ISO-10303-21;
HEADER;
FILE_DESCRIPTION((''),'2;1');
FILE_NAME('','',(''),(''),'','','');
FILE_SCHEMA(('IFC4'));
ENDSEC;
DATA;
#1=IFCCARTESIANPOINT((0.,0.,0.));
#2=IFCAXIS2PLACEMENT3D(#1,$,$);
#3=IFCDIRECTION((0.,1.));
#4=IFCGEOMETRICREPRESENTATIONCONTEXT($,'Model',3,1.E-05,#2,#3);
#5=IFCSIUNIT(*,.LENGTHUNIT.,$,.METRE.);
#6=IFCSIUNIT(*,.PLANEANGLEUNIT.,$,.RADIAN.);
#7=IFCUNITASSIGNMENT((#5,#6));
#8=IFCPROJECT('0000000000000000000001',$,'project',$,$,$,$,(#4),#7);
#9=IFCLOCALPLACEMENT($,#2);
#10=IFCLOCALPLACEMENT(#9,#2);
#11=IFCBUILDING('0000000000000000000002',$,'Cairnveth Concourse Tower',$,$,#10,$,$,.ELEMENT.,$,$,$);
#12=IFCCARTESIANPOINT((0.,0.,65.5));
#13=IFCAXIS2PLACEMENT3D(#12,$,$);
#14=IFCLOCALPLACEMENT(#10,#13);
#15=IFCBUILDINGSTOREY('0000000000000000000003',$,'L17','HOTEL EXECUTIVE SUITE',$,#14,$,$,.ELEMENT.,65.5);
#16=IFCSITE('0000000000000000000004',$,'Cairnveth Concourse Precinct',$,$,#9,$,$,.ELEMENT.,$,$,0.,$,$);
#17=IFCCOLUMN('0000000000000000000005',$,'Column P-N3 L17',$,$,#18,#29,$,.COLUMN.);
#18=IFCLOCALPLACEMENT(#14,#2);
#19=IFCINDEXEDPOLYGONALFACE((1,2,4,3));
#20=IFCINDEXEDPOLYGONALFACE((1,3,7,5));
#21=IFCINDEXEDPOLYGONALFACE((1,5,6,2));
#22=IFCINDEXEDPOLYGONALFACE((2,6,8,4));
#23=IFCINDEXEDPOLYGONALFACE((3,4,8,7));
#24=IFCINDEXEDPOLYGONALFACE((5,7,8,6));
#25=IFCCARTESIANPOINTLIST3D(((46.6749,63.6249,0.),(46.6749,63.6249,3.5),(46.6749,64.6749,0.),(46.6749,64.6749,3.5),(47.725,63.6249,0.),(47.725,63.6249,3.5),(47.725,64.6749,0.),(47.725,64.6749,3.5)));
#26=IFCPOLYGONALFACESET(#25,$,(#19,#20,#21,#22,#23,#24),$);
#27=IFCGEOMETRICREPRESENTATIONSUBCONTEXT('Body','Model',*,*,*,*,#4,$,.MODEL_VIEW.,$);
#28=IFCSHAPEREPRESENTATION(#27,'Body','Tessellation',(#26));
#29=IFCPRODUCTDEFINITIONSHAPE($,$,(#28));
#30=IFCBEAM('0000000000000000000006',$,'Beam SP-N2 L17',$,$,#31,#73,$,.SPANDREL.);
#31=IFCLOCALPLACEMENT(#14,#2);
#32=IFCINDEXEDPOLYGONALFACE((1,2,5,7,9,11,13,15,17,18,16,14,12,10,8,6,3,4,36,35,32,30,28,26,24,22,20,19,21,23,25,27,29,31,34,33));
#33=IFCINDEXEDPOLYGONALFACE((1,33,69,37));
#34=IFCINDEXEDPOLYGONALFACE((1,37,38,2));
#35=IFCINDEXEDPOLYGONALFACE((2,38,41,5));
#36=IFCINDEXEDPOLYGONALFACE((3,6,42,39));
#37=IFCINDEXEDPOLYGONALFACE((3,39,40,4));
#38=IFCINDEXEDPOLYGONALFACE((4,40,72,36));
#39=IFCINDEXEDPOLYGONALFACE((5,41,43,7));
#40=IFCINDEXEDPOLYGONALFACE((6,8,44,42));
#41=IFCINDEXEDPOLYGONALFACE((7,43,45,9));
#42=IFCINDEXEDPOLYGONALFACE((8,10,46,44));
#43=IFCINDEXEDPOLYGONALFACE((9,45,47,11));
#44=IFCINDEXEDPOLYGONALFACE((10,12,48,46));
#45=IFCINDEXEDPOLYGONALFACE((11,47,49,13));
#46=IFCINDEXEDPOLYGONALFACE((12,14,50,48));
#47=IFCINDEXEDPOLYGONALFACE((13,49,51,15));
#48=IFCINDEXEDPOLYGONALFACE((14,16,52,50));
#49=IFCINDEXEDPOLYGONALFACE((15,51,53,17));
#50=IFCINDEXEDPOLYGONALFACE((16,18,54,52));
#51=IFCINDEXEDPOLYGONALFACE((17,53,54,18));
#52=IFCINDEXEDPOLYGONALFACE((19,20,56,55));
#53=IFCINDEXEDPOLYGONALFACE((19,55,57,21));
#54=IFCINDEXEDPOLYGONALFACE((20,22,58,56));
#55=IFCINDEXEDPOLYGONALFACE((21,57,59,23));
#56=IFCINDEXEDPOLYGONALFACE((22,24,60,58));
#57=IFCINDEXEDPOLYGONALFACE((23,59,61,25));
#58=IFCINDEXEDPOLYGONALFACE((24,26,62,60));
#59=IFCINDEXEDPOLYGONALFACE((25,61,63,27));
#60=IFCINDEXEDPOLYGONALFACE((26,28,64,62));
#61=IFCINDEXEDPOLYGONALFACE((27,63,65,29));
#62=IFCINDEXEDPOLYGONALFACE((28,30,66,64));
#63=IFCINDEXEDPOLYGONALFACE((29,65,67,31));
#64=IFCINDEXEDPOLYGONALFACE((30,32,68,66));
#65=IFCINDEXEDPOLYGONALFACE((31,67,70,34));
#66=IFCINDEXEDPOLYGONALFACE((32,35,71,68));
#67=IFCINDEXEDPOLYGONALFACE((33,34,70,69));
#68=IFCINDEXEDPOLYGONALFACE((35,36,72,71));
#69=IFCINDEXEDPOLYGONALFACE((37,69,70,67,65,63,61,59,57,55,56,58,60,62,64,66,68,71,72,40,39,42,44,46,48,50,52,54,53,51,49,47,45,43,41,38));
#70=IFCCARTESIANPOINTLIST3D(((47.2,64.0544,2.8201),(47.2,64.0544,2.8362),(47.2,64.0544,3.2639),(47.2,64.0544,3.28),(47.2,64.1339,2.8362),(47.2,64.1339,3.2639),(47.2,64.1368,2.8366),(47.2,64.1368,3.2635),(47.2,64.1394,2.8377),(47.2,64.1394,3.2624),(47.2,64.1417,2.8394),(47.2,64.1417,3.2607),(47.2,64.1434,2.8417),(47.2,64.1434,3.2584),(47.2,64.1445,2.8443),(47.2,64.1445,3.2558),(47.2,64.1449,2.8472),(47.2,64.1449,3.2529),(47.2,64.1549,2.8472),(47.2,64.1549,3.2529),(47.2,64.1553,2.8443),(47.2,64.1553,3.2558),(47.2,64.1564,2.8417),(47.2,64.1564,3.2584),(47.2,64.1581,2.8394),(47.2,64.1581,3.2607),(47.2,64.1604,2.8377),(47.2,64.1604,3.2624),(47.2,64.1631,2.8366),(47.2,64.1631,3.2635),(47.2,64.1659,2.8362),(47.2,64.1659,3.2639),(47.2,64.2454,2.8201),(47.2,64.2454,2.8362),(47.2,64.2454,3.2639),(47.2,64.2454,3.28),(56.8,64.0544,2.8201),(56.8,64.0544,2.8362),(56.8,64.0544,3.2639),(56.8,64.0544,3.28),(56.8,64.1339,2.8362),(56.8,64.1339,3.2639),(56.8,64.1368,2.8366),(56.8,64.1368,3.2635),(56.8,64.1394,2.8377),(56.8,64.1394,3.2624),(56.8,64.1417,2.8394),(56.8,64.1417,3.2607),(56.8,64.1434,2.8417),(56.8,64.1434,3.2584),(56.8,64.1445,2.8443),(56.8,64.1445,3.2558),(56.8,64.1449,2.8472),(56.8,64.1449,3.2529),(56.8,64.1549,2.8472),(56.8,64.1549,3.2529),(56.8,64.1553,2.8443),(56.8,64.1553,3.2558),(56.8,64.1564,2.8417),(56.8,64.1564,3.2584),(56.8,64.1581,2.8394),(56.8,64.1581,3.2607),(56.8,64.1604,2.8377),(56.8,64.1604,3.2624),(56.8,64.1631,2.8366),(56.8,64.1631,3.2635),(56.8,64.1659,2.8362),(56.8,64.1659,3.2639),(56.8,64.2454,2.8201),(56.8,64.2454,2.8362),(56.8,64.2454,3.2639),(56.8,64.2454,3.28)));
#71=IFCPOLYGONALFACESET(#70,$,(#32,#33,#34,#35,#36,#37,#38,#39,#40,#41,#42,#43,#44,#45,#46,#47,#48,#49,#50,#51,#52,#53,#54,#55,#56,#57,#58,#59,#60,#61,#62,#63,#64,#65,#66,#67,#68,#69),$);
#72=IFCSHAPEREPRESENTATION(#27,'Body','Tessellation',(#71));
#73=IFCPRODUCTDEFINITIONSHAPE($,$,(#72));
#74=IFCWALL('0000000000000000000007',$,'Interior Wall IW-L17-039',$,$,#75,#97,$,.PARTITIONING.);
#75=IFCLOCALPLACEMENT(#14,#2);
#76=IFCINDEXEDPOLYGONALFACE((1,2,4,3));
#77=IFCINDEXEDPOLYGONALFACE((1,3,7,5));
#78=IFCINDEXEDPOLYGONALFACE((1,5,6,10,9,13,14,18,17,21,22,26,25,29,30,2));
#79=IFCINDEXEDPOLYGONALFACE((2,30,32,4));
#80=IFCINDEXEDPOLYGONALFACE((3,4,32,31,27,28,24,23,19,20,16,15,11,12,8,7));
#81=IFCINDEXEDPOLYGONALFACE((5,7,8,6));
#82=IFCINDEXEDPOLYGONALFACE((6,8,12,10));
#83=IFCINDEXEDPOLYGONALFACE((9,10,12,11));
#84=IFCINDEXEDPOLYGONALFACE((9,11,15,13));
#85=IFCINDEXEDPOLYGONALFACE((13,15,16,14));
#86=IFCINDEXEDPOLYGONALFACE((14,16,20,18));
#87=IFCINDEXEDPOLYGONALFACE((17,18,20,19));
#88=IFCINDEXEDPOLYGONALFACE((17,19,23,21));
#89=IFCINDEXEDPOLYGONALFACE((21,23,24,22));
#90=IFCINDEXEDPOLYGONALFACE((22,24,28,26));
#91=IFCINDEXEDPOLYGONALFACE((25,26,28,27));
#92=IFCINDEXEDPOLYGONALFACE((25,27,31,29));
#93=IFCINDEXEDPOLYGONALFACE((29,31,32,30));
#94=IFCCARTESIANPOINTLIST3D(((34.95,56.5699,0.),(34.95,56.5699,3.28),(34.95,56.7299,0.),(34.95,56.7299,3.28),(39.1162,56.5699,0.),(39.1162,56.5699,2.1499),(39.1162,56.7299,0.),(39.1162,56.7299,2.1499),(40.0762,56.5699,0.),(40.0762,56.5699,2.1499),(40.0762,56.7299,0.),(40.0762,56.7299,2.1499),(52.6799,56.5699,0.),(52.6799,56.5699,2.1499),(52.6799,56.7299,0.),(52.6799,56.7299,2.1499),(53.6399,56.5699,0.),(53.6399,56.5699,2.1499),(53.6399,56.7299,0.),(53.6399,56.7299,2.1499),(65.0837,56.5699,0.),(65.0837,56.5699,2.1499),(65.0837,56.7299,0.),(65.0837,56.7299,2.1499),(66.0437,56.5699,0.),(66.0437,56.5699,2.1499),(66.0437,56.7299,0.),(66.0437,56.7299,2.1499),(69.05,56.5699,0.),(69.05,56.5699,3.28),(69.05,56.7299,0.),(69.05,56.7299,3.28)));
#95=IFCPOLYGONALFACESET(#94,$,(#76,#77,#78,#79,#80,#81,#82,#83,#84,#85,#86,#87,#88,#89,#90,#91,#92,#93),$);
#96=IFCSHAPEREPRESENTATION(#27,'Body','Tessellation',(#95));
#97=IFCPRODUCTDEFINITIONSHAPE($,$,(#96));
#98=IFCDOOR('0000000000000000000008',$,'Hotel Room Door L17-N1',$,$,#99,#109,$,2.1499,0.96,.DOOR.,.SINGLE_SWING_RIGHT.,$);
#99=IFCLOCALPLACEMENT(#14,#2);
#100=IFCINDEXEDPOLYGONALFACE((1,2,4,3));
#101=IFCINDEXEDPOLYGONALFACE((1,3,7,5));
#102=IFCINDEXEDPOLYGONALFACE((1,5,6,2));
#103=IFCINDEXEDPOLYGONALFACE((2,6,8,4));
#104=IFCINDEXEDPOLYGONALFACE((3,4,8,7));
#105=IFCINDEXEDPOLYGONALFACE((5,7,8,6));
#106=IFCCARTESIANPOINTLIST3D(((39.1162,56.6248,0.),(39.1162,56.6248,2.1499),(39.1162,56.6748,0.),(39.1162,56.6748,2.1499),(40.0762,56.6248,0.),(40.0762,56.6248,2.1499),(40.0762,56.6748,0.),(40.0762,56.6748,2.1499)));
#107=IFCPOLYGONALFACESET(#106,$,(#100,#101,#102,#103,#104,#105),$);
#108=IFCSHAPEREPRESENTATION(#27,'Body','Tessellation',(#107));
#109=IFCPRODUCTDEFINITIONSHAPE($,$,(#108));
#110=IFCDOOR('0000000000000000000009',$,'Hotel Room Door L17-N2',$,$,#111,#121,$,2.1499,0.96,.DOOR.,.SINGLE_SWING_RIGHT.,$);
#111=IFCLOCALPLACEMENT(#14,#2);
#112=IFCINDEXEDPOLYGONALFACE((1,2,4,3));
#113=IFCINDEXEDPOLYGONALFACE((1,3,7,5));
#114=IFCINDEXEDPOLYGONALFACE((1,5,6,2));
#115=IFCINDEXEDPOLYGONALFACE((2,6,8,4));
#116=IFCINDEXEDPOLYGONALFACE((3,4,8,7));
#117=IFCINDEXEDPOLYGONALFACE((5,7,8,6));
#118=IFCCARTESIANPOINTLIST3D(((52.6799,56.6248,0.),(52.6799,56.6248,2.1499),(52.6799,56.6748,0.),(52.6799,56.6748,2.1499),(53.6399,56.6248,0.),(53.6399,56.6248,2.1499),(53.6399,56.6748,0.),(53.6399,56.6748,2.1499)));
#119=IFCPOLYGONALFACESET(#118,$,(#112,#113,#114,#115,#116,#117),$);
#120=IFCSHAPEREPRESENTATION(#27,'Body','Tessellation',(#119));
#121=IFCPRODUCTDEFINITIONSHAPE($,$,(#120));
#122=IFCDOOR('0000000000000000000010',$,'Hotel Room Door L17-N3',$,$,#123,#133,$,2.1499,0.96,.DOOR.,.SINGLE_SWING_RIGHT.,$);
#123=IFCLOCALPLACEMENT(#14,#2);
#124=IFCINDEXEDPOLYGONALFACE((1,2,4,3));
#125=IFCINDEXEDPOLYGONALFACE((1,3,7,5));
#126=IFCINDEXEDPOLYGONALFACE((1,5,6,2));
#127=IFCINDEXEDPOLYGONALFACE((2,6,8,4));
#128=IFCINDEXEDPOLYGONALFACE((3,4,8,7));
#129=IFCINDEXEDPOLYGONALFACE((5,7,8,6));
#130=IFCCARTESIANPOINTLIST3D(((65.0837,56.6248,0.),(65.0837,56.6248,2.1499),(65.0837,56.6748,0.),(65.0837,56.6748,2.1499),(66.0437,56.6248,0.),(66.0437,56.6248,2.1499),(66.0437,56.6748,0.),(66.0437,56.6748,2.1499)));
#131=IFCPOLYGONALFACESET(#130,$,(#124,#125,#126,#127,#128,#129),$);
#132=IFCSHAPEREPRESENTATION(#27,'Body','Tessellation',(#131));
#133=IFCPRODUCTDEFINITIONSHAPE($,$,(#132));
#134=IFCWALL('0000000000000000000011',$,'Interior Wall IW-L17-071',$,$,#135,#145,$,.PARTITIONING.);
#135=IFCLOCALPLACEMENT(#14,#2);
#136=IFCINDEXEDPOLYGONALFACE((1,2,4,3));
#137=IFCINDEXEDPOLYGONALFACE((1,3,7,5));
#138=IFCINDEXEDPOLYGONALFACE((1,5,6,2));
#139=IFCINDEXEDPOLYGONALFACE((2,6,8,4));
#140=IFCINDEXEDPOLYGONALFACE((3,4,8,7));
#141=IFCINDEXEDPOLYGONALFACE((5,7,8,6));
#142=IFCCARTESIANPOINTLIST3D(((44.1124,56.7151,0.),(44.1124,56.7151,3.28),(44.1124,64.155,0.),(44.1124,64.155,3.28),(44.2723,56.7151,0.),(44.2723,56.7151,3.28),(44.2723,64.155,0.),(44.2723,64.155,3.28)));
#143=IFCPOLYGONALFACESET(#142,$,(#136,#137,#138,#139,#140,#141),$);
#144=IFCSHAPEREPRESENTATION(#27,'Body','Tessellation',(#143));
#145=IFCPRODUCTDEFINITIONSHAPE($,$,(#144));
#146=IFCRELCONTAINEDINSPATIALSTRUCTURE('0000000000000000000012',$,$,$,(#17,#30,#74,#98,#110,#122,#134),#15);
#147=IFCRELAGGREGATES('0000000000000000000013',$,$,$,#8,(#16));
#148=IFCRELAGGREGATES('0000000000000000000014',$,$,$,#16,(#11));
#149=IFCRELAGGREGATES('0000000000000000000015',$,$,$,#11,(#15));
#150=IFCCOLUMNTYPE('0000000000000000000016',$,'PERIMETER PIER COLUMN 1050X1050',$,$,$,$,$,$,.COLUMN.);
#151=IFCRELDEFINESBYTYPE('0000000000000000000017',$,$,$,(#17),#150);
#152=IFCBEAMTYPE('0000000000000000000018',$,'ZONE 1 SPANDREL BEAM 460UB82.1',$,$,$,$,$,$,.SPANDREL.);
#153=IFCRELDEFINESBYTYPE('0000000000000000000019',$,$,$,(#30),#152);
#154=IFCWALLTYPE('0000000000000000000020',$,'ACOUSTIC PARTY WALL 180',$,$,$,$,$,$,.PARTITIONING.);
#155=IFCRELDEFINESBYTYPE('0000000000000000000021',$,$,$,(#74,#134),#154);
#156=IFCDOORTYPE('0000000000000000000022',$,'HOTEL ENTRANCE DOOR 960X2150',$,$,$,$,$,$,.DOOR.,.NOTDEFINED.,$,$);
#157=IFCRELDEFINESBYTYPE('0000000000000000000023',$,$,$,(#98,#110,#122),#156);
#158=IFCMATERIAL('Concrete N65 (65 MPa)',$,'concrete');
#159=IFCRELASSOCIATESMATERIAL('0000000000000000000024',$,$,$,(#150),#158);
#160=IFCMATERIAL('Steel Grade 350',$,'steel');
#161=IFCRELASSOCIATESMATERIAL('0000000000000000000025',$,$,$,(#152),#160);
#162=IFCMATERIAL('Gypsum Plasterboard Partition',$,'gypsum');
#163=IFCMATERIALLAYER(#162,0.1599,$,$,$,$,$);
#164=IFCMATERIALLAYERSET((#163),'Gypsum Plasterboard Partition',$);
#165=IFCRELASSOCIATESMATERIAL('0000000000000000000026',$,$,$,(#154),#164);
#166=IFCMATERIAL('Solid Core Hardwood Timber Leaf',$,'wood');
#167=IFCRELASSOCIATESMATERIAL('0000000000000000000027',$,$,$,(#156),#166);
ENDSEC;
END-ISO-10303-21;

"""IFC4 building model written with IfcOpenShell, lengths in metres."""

from ifc_helpers import new_model, si_unit, direction, frame, frame_2d, origin, origin_2d, place, context, subcontext, project, spatial, rectangle, i_section, extrude, material, layer, layer_set, material_profile, profile_set, type_object, element, fill, save


model = new_model("IFC4")

# Units and contexts
model_context = context("Model", 3, precision=1e-05, world=origin(), true_north=direction((0.0, 1.0)))
body_context = subcontext(model_context, "Body", "Model", "MODEL_VIEW")
ifc_project = project(units=[si_unit("LENGTHUNIT", "METRE"), si_unit("PLANEANGLEUNIT", "RADIAN")], contexts=[model_context])

# Site, building, storey
site_placement = place(None, origin())
site = spatial("IfcSite", under=ifc_project, at=site_placement, Name="Cairnveth Concourse Precinct", CompositionType="ELEMENT", RefElevation=0.0)
building_placement = place(site_placement, origin())
building = spatial("IfcBuilding", under=site, at=building_placement, Name="Cairnveth Concourse Tower", CompositionType="ELEMENT")
storey_placement = place(building_placement, frame((0.0, 0.0, 65.5)))
storey = spatial("IfcBuildingStorey", under=building, at=storey_placement, Name="L17", Description="HOTEL EXECUTIVE SUITE", CompositionType="ELEMENT", Elevation=65.5)

# Column
ifc_material_1 = material(Name="Concrete N65 (65 MPa)", Category="concrete")
ifc_material_profile_1 = material_profile(ifc_material_1, rectangle(XDim=1.05, YDim=1.05, at=origin_2d()), Name="RC-COL-1050x1050")
ifc_profile_set_1 = profile_set([ifc_material_profile_1], Name="Concrete N65 (65 MPa)")
column_type = type_object("IfcColumnType", Name="PERIMETER PIER COLUMN 1050X1050", PredefinedType="COLUMN", material=ifc_profile_set_1)
column_placement = place(storey_placement, frame((47.2, 64.1499, 0.0), z_axis=(0.0, 0.0, 1.0), x_axis=(1.0, 0.0, 0.0)))
element("IfcColumn", 1, at=column_placement, inside=storey, type_object=column_type, Name="Column P-N3 L17", PredefinedType="COLUMN", context=body_context, shape_type="SweptSolid", body=[
    extrude(rectangle(XDim=1.05, YDim=1.05, at=origin_2d()), origin(), (0.0, 0.0, 1.0), 3.5),
])

# Beam
ifc_material_2 = material(Name="Steel Grade 350", Category="steel")
ifc_material_profile_2 = material_profile(ifc_material_2, i_section(OverallWidth=0.1909, OverallDepth=0.46, WebThickness=0.01, FlangeThickness=0.0161, FilletRadius=0.011, at=origin_2d()), Name="460UB82.1")
ifc_profile_set_2 = profile_set([ifc_material_profile_2], Name="Steel Grade 350")
beam_type = type_object("IfcBeamType", Name="ZONE 1 SPANDREL BEAM 460UB82.1", PredefinedType="SPANDREL", material=ifc_profile_set_2)
beam_placement = place(storey_placement, frame((47.2, 64.1499, 3.05), z_axis=(1.0, 0.0, 0.0), x_axis=(0.0, 1.0, 0.0)))
element("IfcBeam", 2, at=beam_placement, inside=storey, type_object=beam_type, Name="Beam SP-N2 L17", PredefinedType="SPANDREL", context=body_context, shape_type="SweptSolid", body=[
    extrude(i_section(OverallWidth=0.1909, OverallDepth=0.46, WebThickness=0.01, FlangeThickness=0.0161, FilletRadius=0.011, at=origin_2d()), origin(), (0.0, 0.0, 1.0), 9.6001),
])

# Wall, openings, doors
ifc_material_3 = material(Name="Gypsum Plasterboard Partition", Category="gypsum")
ifc_layer_1 = layer(ifc_material_3, 0.1599)
ifc_layer_set_1 = layer_set([ifc_layer_1], Name="Gypsum Plasterboard Partition")
wall_type_1 = type_object("IfcWallType", Name="ACOUSTIC PARTY WALL 180", PredefinedType="PARTITIONING", material=ifc_layer_set_1)
wall_1_placement = place(storey_placement, frame((34.95, 56.6499, 0.0), z_axis=(0.0, 0.0, 1.0), x_axis=(1.0, 0.0, 0.0)))
wall_1 = element("IfcWall", 3, at=wall_1_placement, inside=storey, type_object=wall_type_1, Name="Interior Wall IW-L17-039", PredefinedType="PARTITIONING", context=body_context, shape_type="SweptSolid", body=[
    extrude(rectangle(XDim=34.1001, YDim=0.1599, at=frame_2d((17.05, 0.0))), origin(), (0.0, 0.0, 1.0), 3.28),
])
opening_1_placement = place(wall_1_placement, frame((4.1663, 0.0, 0.0)))
opening_1 = element("IfcOpeningElement", 4, at=opening_1_placement, cuts=wall_1, PredefinedType="OPENING", context=body_context, shape_type="SweptSolid", body=[
    extrude(rectangle(XDim=0.96, YDim=2.1499, at=frame_2d((0.48, 1.075))), frame((0.0, 0.0898, 0.0), z_axis=(0.0, -1.0, 0.0), x_axis=(1.0, 0.0, 0.0)), (0.0, 0.0, 1.0), 0.1799),
])
opening_2_placement = place(wall_1_placement, frame((17.73, 0.0, 0.0)))
opening_2 = element("IfcOpeningElement", 5, at=opening_2_placement, cuts=wall_1, PredefinedType="OPENING", context=body_context, shape_type="SweptSolid", body=[
    extrude(rectangle(XDim=0.96, YDim=2.1499, at=frame_2d((0.48, 1.075))), frame((0.0, 0.0898, 0.0), z_axis=(0.0, -1.0, 0.0), x_axis=(1.0, 0.0, 0.0)), (0.0, 0.0, 1.0), 0.1799),
])
opening_3_placement = place(wall_1_placement, frame((30.1338, 0.0, 0.0)))
opening_3 = element("IfcOpeningElement", 6, at=opening_3_placement, cuts=wall_1, PredefinedType="OPENING", context=body_context, shape_type="SweptSolid", body=[
    extrude(rectangle(XDim=0.96, YDim=2.1499, at=frame_2d((0.48, 1.075))), frame((0.0, 0.0898, 0.0), z_axis=(0.0, -1.0, 0.0), x_axis=(1.0, 0.0, 0.0)), (0.0, 0.0, 1.0), 0.1799),
])
ifc_material_4 = material(Name="Solid Core Hardwood Timber Leaf", Category="wood")
door_type_1 = type_object("IfcDoorType", Name="HOTEL ENTRANCE DOOR 960X2150", OperationType="NOTDEFINED", PredefinedType="DOOR", material=ifc_material_4)
door_1_placement = place(opening_1_placement, origin())
door_1 = element("IfcDoor", 7, at=door_1_placement, inside=storey, type_object=door_type_1, Name="Hotel Room Door L17-N1", OperationType="SINGLE_SWING_RIGHT", OverallHeight=2.1499, OverallWidth=0.96, PredefinedType="DOOR", context=body_context, shape_type="SweptSolid", body=[
    extrude(rectangle(XDim=0.96, YDim=2.1499, at=frame_2d((0.48, 1.075))), frame((0.0, 0.0249, 0.0), z_axis=(0.0, -1.0, 0.0), x_axis=(1.0, 0.0, 0.0)), (0.0, 0.0, 1.0), 0.05),
])
fill(opening_1, door_1)
door_2_placement = place(opening_2_placement, origin())
door_2 = element("IfcDoor", 8, at=door_2_placement, inside=storey, type_object=door_type_1, Name="Hotel Room Door L17-N2", OperationType="SINGLE_SWING_RIGHT", OverallHeight=2.1499, OverallWidth=0.96, PredefinedType="DOOR", context=body_context, shape_type="SweptSolid", body=[
    extrude(rectangle(XDim=0.96, YDim=2.1499, at=frame_2d((0.48, 1.075))), frame((0.0, 0.0249, 0.0), z_axis=(0.0, -1.0, 0.0), x_axis=(1.0, 0.0, 0.0)), (0.0, 0.0, 1.0), 0.05),
])
fill(opening_2, door_2)
door_3_placement = place(opening_3_placement, origin())
door_3 = element("IfcDoor", 9, at=door_3_placement, inside=storey, type_object=door_type_1, Name="Hotel Room Door L17-N3", OperationType="SINGLE_SWING_RIGHT", OverallHeight=2.1499, OverallWidth=0.96, PredefinedType="DOOR", context=body_context, shape_type="SweptSolid", body=[
    extrude(rectangle(XDim=0.96, YDim=2.1499, at=frame_2d((0.48, 1.075))), frame((0.0, 0.0249, 0.0), z_axis=(0.0, -1.0, 0.0), x_axis=(1.0, 0.0, 0.0)), (0.0, 0.0, 1.0), 0.05),
])
fill(opening_3, door_3)

# Wall
wall_2_placement = place(storey_placement, frame((44.1924, 56.7151, 0.0), z_axis=(0.0, 0.0, 1.0), x_axis=(0.0, 1.0, 0.0)))
element("IfcWall", 10, at=wall_2_placement, inside=storey, type_object=wall_type_1, Name="Interior Wall IW-L17-071", PredefinedType="PARTITIONING", context=body_context, shape_type="SweptSolid", body=[
    extrude(rectangle(XDim=7.4399, YDim=0.1599, at=frame_2d((3.72, 0.0))), origin(), (0.0, 0.0, 1.0), 3.28),
])

save(model, "model.ifc")
